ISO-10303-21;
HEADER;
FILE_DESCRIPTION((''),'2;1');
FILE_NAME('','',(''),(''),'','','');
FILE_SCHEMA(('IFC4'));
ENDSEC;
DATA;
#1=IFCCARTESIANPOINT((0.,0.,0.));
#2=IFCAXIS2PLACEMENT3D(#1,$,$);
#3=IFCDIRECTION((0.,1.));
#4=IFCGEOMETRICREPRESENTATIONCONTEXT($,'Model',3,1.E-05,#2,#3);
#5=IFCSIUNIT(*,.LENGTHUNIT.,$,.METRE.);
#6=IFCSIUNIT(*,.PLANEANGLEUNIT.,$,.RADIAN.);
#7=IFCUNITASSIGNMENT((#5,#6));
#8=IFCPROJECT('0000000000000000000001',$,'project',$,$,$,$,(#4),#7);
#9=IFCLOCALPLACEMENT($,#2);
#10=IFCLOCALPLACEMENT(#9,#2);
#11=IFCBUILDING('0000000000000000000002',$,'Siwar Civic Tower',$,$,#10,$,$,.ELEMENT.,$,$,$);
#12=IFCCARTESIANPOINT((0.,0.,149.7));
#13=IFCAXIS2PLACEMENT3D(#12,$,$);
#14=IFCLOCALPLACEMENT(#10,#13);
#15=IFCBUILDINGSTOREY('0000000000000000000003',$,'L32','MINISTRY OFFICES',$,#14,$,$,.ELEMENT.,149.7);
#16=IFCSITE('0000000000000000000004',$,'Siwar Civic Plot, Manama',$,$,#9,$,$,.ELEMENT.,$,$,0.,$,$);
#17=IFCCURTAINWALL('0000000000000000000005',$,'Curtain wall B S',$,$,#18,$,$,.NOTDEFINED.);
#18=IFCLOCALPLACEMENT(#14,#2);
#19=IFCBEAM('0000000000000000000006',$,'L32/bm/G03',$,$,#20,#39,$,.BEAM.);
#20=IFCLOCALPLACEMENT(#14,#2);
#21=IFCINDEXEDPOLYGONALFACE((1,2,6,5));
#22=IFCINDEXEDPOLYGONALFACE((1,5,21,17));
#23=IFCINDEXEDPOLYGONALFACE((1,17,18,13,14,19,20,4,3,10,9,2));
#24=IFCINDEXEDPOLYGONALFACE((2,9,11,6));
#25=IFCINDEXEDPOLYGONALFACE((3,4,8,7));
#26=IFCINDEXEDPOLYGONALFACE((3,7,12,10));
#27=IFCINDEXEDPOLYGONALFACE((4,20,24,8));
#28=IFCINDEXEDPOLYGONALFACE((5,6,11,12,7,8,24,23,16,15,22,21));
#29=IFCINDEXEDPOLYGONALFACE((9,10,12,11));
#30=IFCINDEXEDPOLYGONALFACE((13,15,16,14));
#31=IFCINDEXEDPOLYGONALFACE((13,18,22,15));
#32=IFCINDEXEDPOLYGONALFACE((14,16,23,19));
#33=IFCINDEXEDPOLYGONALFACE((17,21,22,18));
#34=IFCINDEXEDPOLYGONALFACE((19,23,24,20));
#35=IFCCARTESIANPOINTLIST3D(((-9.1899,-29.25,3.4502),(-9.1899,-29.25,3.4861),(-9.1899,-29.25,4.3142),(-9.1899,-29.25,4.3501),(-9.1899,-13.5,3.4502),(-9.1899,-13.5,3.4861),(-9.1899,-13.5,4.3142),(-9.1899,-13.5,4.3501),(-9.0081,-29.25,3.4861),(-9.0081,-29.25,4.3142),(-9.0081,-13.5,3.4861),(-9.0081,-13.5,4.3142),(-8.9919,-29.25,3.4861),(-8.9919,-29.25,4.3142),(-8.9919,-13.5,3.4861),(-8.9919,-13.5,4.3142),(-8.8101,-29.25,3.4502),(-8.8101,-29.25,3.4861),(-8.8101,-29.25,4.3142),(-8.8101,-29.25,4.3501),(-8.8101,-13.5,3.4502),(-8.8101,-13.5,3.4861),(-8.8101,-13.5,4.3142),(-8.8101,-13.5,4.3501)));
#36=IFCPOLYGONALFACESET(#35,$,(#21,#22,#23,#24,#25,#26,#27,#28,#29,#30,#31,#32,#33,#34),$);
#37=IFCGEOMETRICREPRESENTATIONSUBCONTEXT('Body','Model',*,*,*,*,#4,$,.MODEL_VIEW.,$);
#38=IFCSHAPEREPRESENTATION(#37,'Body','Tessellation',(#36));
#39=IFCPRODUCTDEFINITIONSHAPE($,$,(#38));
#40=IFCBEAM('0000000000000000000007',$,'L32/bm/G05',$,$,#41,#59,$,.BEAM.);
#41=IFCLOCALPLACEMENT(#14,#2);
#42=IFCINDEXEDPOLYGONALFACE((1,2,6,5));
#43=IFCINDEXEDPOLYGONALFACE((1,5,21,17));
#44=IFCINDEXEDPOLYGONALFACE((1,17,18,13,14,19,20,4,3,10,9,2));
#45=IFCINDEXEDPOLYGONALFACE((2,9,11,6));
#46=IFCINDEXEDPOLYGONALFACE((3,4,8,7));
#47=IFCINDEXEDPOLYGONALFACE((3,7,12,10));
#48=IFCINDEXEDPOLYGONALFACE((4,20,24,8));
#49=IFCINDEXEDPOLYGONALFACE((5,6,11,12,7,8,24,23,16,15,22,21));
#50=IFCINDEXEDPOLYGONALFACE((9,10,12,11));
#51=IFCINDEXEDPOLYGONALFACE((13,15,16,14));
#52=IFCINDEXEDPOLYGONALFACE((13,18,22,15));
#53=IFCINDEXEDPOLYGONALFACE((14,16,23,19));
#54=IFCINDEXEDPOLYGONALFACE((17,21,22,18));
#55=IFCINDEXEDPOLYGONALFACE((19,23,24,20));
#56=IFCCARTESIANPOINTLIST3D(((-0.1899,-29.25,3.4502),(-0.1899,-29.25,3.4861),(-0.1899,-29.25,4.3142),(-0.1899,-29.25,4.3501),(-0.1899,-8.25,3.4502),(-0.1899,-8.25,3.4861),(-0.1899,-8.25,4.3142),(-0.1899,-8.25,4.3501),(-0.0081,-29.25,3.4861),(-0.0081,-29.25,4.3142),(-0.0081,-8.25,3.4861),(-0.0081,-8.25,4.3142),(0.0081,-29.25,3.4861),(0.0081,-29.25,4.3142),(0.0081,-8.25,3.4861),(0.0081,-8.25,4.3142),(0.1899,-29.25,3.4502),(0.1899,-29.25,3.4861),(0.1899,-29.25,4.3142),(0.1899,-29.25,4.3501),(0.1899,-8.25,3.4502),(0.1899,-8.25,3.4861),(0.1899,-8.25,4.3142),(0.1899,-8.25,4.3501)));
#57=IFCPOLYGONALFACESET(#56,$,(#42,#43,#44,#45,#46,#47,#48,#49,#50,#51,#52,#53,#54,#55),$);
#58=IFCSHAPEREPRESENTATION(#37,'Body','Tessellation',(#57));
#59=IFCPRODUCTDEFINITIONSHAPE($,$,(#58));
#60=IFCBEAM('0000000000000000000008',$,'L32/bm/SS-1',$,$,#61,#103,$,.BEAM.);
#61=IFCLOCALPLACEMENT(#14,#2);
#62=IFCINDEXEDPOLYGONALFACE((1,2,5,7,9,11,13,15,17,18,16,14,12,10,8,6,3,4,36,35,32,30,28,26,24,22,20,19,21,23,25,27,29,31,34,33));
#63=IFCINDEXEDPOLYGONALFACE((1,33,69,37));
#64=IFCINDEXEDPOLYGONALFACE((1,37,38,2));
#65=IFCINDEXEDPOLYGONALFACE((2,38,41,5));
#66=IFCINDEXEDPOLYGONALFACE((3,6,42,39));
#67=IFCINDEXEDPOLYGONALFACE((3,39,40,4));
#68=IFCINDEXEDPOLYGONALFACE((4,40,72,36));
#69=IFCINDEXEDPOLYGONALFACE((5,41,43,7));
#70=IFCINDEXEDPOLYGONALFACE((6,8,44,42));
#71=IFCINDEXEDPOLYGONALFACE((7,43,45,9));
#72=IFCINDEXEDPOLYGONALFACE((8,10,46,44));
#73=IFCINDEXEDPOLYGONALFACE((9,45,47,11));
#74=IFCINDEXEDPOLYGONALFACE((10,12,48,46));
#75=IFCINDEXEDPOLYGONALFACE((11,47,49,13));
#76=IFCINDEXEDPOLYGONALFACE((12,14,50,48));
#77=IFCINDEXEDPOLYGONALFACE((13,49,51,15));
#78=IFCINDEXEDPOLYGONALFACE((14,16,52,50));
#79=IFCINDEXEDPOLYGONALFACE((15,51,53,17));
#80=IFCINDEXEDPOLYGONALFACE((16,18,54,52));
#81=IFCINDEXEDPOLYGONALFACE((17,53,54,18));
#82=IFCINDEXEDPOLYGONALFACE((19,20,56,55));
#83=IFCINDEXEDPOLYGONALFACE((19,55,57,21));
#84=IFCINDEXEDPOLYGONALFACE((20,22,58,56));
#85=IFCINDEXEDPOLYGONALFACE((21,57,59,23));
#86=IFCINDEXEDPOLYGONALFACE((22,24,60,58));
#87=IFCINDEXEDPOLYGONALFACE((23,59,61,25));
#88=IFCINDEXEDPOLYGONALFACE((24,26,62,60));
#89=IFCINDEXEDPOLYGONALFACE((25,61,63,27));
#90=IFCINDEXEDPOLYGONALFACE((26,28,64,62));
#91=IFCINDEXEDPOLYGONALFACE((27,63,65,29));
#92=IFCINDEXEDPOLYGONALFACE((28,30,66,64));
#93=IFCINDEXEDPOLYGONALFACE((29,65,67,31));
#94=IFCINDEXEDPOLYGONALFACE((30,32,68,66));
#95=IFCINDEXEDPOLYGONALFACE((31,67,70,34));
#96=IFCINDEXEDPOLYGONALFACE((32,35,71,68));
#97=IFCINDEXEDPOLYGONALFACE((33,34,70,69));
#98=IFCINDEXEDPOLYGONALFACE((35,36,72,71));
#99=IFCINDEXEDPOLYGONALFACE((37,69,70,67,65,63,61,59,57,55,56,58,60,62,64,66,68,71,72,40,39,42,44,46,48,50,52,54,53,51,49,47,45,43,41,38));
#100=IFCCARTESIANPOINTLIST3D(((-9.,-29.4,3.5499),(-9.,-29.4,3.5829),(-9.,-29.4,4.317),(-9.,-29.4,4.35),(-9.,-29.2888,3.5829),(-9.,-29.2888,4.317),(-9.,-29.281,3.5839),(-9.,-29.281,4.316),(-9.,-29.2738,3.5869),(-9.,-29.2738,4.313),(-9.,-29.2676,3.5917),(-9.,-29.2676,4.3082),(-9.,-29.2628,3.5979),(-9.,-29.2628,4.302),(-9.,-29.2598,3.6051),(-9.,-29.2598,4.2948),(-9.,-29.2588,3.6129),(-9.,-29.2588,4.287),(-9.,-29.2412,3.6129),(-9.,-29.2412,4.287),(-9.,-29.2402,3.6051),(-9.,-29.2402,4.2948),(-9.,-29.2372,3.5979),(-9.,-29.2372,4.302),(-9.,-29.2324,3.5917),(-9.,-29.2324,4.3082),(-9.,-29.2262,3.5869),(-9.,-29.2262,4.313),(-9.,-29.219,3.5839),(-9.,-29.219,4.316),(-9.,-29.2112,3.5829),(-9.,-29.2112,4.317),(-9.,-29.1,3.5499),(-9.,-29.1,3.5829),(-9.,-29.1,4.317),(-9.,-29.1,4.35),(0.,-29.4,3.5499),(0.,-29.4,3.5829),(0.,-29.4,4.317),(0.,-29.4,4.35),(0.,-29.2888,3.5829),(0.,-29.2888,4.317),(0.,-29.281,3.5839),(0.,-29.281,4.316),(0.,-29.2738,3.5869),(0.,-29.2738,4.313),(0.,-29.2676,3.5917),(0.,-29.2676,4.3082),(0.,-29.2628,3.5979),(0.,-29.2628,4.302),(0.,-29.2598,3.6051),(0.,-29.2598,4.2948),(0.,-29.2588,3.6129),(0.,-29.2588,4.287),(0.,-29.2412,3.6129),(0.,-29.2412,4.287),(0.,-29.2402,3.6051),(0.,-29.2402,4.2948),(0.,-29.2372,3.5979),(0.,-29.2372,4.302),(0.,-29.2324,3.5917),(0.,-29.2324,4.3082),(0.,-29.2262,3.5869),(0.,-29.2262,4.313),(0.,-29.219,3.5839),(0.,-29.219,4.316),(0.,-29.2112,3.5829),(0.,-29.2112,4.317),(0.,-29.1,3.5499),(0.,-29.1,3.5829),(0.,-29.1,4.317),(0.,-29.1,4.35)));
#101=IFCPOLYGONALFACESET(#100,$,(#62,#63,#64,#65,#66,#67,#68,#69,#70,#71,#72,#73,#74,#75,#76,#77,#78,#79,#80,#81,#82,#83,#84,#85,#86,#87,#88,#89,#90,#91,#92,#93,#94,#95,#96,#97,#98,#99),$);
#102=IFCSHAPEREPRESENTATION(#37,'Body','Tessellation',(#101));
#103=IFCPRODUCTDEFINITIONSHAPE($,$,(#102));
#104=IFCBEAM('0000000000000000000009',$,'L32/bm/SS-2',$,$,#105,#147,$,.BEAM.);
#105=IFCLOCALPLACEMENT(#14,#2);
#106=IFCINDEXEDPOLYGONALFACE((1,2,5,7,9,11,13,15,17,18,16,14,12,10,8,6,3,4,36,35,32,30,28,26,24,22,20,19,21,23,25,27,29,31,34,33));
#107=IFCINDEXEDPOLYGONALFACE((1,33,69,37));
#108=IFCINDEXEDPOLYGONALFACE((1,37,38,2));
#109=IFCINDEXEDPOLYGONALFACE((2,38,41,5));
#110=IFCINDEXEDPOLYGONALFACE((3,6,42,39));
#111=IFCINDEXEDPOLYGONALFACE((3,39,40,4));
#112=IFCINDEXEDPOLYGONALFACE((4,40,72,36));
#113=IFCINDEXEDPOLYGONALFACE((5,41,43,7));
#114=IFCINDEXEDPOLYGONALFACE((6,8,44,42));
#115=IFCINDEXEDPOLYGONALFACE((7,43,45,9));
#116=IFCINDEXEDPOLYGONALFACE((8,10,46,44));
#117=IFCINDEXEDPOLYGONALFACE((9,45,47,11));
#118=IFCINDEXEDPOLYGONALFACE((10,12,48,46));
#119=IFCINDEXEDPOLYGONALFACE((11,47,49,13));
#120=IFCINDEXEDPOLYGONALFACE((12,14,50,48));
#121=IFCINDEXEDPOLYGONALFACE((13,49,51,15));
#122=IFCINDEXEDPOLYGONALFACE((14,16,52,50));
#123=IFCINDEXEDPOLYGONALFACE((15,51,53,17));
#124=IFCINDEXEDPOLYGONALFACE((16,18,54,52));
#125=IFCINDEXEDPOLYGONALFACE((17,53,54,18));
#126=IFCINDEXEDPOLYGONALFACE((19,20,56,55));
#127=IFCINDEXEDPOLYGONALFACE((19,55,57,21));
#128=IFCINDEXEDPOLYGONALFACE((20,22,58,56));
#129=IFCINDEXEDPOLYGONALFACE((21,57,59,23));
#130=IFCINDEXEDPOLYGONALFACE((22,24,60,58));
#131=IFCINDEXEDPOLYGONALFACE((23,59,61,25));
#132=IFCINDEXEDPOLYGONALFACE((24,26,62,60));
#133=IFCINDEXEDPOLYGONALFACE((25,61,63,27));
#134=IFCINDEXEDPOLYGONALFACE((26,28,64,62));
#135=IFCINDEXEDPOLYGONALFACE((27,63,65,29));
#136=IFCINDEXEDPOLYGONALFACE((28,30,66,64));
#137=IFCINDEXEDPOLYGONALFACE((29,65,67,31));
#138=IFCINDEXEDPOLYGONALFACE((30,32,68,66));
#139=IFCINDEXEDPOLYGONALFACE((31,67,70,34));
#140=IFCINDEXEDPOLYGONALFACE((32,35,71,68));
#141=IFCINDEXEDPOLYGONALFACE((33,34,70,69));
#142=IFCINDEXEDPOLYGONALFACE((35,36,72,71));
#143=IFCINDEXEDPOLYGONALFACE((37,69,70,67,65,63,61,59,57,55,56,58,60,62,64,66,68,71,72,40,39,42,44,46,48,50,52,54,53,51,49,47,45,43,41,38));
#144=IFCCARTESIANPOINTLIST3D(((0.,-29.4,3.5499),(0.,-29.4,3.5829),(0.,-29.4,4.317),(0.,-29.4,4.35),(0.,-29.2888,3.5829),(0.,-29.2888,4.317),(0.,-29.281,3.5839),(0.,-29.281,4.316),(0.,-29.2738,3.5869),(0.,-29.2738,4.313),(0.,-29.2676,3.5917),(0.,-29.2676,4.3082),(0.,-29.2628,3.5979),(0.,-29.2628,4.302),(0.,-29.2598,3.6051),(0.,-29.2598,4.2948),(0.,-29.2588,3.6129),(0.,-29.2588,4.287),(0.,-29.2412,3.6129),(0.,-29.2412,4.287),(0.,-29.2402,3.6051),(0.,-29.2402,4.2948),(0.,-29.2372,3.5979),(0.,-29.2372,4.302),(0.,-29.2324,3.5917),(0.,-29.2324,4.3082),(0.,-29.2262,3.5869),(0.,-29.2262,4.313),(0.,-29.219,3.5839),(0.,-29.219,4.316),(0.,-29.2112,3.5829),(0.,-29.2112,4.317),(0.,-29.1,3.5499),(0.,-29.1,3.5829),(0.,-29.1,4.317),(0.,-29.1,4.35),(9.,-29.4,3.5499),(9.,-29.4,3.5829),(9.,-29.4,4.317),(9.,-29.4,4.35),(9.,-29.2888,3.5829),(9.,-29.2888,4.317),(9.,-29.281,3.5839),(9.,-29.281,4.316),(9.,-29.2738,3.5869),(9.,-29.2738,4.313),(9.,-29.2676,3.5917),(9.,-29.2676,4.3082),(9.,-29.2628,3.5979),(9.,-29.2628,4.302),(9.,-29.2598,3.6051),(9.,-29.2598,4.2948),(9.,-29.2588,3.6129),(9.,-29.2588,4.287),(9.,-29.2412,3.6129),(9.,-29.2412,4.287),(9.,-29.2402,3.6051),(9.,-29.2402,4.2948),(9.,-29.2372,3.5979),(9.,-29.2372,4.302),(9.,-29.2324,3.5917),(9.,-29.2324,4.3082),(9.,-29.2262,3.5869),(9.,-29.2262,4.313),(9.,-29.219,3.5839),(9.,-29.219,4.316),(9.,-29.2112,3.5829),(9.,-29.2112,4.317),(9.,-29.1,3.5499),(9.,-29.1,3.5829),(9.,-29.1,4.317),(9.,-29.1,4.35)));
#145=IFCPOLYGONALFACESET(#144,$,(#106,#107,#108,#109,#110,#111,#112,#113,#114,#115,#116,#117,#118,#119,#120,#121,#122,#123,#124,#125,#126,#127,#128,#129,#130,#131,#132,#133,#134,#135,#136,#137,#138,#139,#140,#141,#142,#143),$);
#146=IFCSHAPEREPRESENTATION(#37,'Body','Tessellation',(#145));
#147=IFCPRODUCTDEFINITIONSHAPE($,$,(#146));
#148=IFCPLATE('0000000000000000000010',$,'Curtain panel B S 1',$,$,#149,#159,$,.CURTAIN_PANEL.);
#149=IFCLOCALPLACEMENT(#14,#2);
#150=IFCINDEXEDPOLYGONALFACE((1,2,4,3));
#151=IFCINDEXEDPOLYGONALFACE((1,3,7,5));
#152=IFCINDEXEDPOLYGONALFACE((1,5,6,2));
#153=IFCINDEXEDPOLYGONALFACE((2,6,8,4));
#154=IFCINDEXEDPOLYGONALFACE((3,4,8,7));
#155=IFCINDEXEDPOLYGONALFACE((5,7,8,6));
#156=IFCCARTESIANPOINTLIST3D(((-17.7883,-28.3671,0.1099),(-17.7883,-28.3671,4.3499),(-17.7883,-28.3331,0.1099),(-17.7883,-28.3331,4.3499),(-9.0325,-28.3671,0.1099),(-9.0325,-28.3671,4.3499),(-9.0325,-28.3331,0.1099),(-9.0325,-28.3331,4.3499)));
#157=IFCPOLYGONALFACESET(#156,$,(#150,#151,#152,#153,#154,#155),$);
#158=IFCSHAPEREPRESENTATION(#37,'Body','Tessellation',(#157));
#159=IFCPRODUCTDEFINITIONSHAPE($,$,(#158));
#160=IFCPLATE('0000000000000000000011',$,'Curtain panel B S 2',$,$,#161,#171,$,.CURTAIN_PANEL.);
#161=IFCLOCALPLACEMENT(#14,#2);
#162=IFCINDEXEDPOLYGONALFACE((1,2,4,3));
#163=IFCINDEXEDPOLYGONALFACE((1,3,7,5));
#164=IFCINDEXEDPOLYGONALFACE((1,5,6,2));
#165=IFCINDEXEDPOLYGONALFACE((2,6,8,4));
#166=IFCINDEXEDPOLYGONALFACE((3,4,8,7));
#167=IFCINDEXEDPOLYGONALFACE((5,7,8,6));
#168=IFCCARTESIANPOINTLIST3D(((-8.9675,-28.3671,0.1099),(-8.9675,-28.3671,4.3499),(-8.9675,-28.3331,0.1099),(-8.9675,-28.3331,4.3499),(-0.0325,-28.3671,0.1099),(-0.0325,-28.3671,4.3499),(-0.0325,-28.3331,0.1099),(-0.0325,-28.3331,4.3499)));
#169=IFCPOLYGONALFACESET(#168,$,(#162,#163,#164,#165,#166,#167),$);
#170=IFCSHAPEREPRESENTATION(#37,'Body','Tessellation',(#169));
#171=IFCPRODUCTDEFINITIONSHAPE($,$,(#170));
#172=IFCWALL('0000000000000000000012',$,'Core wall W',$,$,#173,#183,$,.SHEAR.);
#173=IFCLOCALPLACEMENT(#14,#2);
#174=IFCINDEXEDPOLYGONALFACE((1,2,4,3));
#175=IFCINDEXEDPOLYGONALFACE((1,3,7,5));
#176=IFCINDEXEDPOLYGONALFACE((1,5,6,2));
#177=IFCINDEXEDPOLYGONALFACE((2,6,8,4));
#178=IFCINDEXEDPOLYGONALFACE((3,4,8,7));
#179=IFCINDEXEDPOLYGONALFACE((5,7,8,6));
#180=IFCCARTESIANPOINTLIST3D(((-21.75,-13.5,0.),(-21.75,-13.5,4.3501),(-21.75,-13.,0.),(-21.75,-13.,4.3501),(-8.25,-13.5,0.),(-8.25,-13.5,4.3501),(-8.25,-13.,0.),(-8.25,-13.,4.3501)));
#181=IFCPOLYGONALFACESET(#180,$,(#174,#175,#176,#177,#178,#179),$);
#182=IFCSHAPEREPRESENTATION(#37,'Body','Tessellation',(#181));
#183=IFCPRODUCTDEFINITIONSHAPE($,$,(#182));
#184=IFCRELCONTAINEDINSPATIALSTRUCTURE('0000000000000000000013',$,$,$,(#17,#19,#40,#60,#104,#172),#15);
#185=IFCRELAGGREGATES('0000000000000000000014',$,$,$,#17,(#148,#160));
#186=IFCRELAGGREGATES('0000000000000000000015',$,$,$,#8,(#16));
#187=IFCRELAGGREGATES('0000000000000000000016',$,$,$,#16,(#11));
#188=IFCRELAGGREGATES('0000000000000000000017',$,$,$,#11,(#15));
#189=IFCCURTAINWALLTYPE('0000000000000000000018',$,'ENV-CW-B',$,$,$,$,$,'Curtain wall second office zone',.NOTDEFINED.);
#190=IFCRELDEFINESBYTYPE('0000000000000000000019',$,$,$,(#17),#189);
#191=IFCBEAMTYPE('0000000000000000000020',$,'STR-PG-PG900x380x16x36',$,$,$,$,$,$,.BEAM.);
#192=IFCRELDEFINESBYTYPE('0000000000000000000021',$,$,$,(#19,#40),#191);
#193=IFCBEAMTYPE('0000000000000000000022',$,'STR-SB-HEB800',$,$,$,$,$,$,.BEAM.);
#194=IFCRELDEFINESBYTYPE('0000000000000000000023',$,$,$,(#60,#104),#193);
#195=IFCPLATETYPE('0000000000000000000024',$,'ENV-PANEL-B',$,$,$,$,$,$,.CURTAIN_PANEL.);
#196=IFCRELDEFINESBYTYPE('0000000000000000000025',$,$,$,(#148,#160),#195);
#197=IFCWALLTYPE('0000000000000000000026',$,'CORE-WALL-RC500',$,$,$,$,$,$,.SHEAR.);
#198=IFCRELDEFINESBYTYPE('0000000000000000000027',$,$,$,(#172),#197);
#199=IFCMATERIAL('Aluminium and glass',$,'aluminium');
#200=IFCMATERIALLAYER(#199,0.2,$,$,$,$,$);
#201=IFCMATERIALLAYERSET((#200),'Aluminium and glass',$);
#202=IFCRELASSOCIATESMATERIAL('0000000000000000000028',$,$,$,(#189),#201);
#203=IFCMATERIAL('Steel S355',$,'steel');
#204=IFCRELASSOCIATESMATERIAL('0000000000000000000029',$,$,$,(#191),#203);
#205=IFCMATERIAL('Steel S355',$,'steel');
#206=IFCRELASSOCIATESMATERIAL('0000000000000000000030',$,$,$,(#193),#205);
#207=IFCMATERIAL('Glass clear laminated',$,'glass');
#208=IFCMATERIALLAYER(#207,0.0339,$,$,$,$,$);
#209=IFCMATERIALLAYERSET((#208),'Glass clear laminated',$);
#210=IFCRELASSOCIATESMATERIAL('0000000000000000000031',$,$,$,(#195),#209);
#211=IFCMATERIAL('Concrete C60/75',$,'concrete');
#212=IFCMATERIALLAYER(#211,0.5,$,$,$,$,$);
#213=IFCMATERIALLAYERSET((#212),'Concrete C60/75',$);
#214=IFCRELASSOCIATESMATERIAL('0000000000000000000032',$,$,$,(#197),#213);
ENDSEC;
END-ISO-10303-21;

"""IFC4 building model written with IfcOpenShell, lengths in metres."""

from ifc_helpers import new_model, si_unit, direction, frame, frame_2d, origin, origin_2d, place, context, subcontext, project, spatial, rectangle, i_section, extrude, material, layer, layer_set, material_profile, profile_set, type_object, element, aggregate, save


model = new_model("IFC4")

# Units and contexts
model_context = context("Model", 3, precision=1e-05, world=origin(), true_north=direction((0.0, 1.0)))
body_context = subcontext(model_context, "Body", "Model", "MODEL_VIEW")
ifc_project = project(units=[si_unit("LENGTHUNIT", "METRE"), si_unit("PLANEANGLEUNIT", "RADIAN")], contexts=[model_context])

# Site, building, storey
site_placement = place(None, origin())
site = spatial("IfcSite", under=ifc_project, at=site_placement, Name="Siwar Civic Plot, Manama", CompositionType="ELEMENT", RefElevation=0.0)
building_placement = place(site_placement, origin())
building = spatial("IfcBuilding", under=site, at=building_placement, Name="Siwar Civic Tower", CompositionType="ELEMENT")
storey_placement = place(building_placement, frame((0.0, 0.0, 149.7)))
storey = spatial("IfcBuildingStorey", under=building, at=storey_placement, Name="L32", Description="MINISTRY OFFICES", CompositionType="ELEMENT", Elevation=149.7)

# Curtain wall
ifc_material_1 = material(Name="Aluminium and glass", Category="aluminium")
ifc_layer_1 = layer(ifc_material_1, 0.2)
ifc_layer_set_1 = layer_set([ifc_layer_1], Name="Aluminium and glass")
curtain_wall_type = type_object("IfcCurtainWallType", Name="ENV-CW-B", ElementType="Curtain wall second office zone", PredefinedType="NOTDEFINED", material=ifc_layer_set_1)
curtain_wall_placement = place(storey_placement, origin())
curtain_wall = element("IfcCurtainWall", 1, at=curtain_wall_placement, inside=storey, type_object=curtain_wall_type, Name="Curtain wall B S", PredefinedType="NOTDEFINED")

# Beams
ifc_material_2 = material(Name="Steel S355", Category="steel")
ifc_material_profile_1 = material_profile(ifc_material_2, i_section(OverallWidth=0.3799, OverallDepth=0.8999, WebThickness=0.0161, FlangeThickness=0.0359, at=origin_2d()), Name="PG900x380x16x36")
ifc_profile_set_1 = profile_set([ifc_material_profile_1], Name="Steel S355")
beam_type_1 = type_object("IfcBeamType", Name="STR-PG-PG900x380x16x36", PredefinedType="BEAM", material=ifc_profile_set_1)
beam_1_placement = place(storey_placement, frame((-9.0, -29.25, 3.9001), z_axis=(0.0, 1.0, 0.0), x_axis=(-1.0, 0.0, 0.0)))
element("IfcBeam", 2, at=beam_1_placement, inside=storey, type_object=beam_type_1, Name="L32/bm/G03", PredefinedType="BEAM", context=body_context, shape_type="SweptSolid", body=[
    extrude(i_section(OverallWidth=0.3799, OverallDepth=0.8999, WebThickness=0.0161, FlangeThickness=0.0359, at=origin_2d()), origin(), (0.0, 0.0, 1.0), 15.75),
])
beam_2_placement = place(storey_placement, frame((0.0, -29.25, 3.9001), z_axis=(0.0, 1.0, 0.0), x_axis=(-1.0, 0.0, 0.0)))
element("IfcBeam", 3, at=beam_2_placement, inside=storey, type_object=beam_type_1, Name="L32/bm/G05", PredefinedType="BEAM", context=body_context, shape_type="SweptSolid", body=[
    extrude(i_section(OverallWidth=0.3799, OverallDepth=0.8999, WebThickness=0.0161, FlangeThickness=0.0359, at=origin_2d()), origin(), (0.0, 0.0, 1.0), 21.0),
])
ifc_material_3 = material(Name="Steel S355", Category="steel")
ifc_material_profile_2 = material_profile(ifc_material_3, i_section(OverallWidth=0.3, OverallDepth=0.8, WebThickness=0.0176, FlangeThickness=0.033, FilletRadius=0.03, at=origin_2d()), Name="HEB800")
ifc_profile_set_2 = profile_set([ifc_material_profile_2], Name="Steel S355")
beam_type_2 = type_object("IfcBeamType", Name="STR-SB-HEB800", PredefinedType="BEAM", material=ifc_profile_set_2)
for number, where, z_axis, x_axis, name in (
    (4, (-9.0, -29.25, 3.95), (1.0, 0.0, 0.0), (0.0, 1.0, 0.0), "L32/bm/SS-1"),
    (5, (0.0, -29.25, 3.95), (1.0, 0.0, 0.0), (0.0, 1.0, 0.0), "L32/bm/SS-2"),
):
    element("IfcBeam", number, at=place(storey_placement, frame(where, z_axis=z_axis, x_axis=x_axis)), inside=storey, type_object=beam_type_2, Name=name, PredefinedType="BEAM", context=body_context, shape_type="SweptSolid", body=[
        extrude(i_section(OverallWidth=0.3, OverallDepth=0.8, WebThickness=0.0176, FlangeThickness=0.033, FilletRadius=0.03, at=origin_2d()), origin(), (0.0, 0.0, 1.0), 9.0),
    ])

# Plates
ifc_material_4 = material(Name="Glass clear laminated", Category="glass")
ifc_layer_2 = layer(ifc_material_4, 0.0339)
ifc_layer_set_2 = layer_set([ifc_layer_2], Name="Glass clear laminated")
plate_type = type_object("IfcPlateType", Name="ENV-PANEL-B", PredefinedType="CURTAIN_PANEL", material=ifc_layer_set_2)
plate_1_placement = place(storey_placement, frame((-13.4104, -28.3501, 0.1099), z_axis=(0.0, 0.0, 1.0), x_axis=(1.0, 0.0, 0.0)))
plate_1 = element("IfcPlate", 6, at=plate_1_placement, type_object=plate_type, Name="Curtain panel B S 1", PredefinedType="CURTAIN_PANEL", context=body_context, shape_type="SweptSolid", body=[
    extrude(rectangle(XDim=8.7559, YDim=0.0339, at=origin_2d()), origin(), (0.0, 0.0, 1.0), 4.24),
])
plate_2_placement = place(storey_placement, frame((-4.5, -28.3501, 0.1099), z_axis=(0.0, 0.0, 1.0), x_axis=(1.0, 0.0, 0.0)))
plate_2 = element("IfcPlate", 7, at=plate_2_placement, type_object=plate_type, Name="Curtain panel B S 2", PredefinedType="CURTAIN_PANEL", context=body_context, shape_type="SweptSolid", body=[
    extrude(rectangle(XDim=8.9351, YDim=0.0339, at=origin_2d()), origin(), (0.0, 0.0, 1.0), 4.24),
])
aggregate(curtain_wall, [plate_1, plate_2])

# Wall
ifc_material_5 = material(Name="Concrete C60/75", Category="concrete")
ifc_layer_3 = layer(ifc_material_5, 0.5)
ifc_layer_set_3 = layer_set([ifc_layer_3], Name="Concrete C60/75")
wall_type_1 = type_object("IfcWallType", Name="CORE-WALL-RC500", PredefinedType="SHEAR", material=ifc_layer_set_3)
wall_1_placement = place(storey_placement, frame((-8.25, -13.25, 0.0), z_axis=(0.0, 0.0, 1.0), x_axis=(-1.0, 0.0, 0.0)))
element("IfcWall", 8, at=wall_1_placement, inside=storey, type_object=wall_type_1, Name="Core wall W", PredefinedType="SHEAR", context=body_context, shape_type="SweptSolid", body=[
    extrude(rectangle(XDim=13.5, YDim=0.5, at=frame_2d((6.75, 0.0))), origin(), (0.0, 0.0, 1.0), 4.3501),
])

save(model, "model.ifc")
